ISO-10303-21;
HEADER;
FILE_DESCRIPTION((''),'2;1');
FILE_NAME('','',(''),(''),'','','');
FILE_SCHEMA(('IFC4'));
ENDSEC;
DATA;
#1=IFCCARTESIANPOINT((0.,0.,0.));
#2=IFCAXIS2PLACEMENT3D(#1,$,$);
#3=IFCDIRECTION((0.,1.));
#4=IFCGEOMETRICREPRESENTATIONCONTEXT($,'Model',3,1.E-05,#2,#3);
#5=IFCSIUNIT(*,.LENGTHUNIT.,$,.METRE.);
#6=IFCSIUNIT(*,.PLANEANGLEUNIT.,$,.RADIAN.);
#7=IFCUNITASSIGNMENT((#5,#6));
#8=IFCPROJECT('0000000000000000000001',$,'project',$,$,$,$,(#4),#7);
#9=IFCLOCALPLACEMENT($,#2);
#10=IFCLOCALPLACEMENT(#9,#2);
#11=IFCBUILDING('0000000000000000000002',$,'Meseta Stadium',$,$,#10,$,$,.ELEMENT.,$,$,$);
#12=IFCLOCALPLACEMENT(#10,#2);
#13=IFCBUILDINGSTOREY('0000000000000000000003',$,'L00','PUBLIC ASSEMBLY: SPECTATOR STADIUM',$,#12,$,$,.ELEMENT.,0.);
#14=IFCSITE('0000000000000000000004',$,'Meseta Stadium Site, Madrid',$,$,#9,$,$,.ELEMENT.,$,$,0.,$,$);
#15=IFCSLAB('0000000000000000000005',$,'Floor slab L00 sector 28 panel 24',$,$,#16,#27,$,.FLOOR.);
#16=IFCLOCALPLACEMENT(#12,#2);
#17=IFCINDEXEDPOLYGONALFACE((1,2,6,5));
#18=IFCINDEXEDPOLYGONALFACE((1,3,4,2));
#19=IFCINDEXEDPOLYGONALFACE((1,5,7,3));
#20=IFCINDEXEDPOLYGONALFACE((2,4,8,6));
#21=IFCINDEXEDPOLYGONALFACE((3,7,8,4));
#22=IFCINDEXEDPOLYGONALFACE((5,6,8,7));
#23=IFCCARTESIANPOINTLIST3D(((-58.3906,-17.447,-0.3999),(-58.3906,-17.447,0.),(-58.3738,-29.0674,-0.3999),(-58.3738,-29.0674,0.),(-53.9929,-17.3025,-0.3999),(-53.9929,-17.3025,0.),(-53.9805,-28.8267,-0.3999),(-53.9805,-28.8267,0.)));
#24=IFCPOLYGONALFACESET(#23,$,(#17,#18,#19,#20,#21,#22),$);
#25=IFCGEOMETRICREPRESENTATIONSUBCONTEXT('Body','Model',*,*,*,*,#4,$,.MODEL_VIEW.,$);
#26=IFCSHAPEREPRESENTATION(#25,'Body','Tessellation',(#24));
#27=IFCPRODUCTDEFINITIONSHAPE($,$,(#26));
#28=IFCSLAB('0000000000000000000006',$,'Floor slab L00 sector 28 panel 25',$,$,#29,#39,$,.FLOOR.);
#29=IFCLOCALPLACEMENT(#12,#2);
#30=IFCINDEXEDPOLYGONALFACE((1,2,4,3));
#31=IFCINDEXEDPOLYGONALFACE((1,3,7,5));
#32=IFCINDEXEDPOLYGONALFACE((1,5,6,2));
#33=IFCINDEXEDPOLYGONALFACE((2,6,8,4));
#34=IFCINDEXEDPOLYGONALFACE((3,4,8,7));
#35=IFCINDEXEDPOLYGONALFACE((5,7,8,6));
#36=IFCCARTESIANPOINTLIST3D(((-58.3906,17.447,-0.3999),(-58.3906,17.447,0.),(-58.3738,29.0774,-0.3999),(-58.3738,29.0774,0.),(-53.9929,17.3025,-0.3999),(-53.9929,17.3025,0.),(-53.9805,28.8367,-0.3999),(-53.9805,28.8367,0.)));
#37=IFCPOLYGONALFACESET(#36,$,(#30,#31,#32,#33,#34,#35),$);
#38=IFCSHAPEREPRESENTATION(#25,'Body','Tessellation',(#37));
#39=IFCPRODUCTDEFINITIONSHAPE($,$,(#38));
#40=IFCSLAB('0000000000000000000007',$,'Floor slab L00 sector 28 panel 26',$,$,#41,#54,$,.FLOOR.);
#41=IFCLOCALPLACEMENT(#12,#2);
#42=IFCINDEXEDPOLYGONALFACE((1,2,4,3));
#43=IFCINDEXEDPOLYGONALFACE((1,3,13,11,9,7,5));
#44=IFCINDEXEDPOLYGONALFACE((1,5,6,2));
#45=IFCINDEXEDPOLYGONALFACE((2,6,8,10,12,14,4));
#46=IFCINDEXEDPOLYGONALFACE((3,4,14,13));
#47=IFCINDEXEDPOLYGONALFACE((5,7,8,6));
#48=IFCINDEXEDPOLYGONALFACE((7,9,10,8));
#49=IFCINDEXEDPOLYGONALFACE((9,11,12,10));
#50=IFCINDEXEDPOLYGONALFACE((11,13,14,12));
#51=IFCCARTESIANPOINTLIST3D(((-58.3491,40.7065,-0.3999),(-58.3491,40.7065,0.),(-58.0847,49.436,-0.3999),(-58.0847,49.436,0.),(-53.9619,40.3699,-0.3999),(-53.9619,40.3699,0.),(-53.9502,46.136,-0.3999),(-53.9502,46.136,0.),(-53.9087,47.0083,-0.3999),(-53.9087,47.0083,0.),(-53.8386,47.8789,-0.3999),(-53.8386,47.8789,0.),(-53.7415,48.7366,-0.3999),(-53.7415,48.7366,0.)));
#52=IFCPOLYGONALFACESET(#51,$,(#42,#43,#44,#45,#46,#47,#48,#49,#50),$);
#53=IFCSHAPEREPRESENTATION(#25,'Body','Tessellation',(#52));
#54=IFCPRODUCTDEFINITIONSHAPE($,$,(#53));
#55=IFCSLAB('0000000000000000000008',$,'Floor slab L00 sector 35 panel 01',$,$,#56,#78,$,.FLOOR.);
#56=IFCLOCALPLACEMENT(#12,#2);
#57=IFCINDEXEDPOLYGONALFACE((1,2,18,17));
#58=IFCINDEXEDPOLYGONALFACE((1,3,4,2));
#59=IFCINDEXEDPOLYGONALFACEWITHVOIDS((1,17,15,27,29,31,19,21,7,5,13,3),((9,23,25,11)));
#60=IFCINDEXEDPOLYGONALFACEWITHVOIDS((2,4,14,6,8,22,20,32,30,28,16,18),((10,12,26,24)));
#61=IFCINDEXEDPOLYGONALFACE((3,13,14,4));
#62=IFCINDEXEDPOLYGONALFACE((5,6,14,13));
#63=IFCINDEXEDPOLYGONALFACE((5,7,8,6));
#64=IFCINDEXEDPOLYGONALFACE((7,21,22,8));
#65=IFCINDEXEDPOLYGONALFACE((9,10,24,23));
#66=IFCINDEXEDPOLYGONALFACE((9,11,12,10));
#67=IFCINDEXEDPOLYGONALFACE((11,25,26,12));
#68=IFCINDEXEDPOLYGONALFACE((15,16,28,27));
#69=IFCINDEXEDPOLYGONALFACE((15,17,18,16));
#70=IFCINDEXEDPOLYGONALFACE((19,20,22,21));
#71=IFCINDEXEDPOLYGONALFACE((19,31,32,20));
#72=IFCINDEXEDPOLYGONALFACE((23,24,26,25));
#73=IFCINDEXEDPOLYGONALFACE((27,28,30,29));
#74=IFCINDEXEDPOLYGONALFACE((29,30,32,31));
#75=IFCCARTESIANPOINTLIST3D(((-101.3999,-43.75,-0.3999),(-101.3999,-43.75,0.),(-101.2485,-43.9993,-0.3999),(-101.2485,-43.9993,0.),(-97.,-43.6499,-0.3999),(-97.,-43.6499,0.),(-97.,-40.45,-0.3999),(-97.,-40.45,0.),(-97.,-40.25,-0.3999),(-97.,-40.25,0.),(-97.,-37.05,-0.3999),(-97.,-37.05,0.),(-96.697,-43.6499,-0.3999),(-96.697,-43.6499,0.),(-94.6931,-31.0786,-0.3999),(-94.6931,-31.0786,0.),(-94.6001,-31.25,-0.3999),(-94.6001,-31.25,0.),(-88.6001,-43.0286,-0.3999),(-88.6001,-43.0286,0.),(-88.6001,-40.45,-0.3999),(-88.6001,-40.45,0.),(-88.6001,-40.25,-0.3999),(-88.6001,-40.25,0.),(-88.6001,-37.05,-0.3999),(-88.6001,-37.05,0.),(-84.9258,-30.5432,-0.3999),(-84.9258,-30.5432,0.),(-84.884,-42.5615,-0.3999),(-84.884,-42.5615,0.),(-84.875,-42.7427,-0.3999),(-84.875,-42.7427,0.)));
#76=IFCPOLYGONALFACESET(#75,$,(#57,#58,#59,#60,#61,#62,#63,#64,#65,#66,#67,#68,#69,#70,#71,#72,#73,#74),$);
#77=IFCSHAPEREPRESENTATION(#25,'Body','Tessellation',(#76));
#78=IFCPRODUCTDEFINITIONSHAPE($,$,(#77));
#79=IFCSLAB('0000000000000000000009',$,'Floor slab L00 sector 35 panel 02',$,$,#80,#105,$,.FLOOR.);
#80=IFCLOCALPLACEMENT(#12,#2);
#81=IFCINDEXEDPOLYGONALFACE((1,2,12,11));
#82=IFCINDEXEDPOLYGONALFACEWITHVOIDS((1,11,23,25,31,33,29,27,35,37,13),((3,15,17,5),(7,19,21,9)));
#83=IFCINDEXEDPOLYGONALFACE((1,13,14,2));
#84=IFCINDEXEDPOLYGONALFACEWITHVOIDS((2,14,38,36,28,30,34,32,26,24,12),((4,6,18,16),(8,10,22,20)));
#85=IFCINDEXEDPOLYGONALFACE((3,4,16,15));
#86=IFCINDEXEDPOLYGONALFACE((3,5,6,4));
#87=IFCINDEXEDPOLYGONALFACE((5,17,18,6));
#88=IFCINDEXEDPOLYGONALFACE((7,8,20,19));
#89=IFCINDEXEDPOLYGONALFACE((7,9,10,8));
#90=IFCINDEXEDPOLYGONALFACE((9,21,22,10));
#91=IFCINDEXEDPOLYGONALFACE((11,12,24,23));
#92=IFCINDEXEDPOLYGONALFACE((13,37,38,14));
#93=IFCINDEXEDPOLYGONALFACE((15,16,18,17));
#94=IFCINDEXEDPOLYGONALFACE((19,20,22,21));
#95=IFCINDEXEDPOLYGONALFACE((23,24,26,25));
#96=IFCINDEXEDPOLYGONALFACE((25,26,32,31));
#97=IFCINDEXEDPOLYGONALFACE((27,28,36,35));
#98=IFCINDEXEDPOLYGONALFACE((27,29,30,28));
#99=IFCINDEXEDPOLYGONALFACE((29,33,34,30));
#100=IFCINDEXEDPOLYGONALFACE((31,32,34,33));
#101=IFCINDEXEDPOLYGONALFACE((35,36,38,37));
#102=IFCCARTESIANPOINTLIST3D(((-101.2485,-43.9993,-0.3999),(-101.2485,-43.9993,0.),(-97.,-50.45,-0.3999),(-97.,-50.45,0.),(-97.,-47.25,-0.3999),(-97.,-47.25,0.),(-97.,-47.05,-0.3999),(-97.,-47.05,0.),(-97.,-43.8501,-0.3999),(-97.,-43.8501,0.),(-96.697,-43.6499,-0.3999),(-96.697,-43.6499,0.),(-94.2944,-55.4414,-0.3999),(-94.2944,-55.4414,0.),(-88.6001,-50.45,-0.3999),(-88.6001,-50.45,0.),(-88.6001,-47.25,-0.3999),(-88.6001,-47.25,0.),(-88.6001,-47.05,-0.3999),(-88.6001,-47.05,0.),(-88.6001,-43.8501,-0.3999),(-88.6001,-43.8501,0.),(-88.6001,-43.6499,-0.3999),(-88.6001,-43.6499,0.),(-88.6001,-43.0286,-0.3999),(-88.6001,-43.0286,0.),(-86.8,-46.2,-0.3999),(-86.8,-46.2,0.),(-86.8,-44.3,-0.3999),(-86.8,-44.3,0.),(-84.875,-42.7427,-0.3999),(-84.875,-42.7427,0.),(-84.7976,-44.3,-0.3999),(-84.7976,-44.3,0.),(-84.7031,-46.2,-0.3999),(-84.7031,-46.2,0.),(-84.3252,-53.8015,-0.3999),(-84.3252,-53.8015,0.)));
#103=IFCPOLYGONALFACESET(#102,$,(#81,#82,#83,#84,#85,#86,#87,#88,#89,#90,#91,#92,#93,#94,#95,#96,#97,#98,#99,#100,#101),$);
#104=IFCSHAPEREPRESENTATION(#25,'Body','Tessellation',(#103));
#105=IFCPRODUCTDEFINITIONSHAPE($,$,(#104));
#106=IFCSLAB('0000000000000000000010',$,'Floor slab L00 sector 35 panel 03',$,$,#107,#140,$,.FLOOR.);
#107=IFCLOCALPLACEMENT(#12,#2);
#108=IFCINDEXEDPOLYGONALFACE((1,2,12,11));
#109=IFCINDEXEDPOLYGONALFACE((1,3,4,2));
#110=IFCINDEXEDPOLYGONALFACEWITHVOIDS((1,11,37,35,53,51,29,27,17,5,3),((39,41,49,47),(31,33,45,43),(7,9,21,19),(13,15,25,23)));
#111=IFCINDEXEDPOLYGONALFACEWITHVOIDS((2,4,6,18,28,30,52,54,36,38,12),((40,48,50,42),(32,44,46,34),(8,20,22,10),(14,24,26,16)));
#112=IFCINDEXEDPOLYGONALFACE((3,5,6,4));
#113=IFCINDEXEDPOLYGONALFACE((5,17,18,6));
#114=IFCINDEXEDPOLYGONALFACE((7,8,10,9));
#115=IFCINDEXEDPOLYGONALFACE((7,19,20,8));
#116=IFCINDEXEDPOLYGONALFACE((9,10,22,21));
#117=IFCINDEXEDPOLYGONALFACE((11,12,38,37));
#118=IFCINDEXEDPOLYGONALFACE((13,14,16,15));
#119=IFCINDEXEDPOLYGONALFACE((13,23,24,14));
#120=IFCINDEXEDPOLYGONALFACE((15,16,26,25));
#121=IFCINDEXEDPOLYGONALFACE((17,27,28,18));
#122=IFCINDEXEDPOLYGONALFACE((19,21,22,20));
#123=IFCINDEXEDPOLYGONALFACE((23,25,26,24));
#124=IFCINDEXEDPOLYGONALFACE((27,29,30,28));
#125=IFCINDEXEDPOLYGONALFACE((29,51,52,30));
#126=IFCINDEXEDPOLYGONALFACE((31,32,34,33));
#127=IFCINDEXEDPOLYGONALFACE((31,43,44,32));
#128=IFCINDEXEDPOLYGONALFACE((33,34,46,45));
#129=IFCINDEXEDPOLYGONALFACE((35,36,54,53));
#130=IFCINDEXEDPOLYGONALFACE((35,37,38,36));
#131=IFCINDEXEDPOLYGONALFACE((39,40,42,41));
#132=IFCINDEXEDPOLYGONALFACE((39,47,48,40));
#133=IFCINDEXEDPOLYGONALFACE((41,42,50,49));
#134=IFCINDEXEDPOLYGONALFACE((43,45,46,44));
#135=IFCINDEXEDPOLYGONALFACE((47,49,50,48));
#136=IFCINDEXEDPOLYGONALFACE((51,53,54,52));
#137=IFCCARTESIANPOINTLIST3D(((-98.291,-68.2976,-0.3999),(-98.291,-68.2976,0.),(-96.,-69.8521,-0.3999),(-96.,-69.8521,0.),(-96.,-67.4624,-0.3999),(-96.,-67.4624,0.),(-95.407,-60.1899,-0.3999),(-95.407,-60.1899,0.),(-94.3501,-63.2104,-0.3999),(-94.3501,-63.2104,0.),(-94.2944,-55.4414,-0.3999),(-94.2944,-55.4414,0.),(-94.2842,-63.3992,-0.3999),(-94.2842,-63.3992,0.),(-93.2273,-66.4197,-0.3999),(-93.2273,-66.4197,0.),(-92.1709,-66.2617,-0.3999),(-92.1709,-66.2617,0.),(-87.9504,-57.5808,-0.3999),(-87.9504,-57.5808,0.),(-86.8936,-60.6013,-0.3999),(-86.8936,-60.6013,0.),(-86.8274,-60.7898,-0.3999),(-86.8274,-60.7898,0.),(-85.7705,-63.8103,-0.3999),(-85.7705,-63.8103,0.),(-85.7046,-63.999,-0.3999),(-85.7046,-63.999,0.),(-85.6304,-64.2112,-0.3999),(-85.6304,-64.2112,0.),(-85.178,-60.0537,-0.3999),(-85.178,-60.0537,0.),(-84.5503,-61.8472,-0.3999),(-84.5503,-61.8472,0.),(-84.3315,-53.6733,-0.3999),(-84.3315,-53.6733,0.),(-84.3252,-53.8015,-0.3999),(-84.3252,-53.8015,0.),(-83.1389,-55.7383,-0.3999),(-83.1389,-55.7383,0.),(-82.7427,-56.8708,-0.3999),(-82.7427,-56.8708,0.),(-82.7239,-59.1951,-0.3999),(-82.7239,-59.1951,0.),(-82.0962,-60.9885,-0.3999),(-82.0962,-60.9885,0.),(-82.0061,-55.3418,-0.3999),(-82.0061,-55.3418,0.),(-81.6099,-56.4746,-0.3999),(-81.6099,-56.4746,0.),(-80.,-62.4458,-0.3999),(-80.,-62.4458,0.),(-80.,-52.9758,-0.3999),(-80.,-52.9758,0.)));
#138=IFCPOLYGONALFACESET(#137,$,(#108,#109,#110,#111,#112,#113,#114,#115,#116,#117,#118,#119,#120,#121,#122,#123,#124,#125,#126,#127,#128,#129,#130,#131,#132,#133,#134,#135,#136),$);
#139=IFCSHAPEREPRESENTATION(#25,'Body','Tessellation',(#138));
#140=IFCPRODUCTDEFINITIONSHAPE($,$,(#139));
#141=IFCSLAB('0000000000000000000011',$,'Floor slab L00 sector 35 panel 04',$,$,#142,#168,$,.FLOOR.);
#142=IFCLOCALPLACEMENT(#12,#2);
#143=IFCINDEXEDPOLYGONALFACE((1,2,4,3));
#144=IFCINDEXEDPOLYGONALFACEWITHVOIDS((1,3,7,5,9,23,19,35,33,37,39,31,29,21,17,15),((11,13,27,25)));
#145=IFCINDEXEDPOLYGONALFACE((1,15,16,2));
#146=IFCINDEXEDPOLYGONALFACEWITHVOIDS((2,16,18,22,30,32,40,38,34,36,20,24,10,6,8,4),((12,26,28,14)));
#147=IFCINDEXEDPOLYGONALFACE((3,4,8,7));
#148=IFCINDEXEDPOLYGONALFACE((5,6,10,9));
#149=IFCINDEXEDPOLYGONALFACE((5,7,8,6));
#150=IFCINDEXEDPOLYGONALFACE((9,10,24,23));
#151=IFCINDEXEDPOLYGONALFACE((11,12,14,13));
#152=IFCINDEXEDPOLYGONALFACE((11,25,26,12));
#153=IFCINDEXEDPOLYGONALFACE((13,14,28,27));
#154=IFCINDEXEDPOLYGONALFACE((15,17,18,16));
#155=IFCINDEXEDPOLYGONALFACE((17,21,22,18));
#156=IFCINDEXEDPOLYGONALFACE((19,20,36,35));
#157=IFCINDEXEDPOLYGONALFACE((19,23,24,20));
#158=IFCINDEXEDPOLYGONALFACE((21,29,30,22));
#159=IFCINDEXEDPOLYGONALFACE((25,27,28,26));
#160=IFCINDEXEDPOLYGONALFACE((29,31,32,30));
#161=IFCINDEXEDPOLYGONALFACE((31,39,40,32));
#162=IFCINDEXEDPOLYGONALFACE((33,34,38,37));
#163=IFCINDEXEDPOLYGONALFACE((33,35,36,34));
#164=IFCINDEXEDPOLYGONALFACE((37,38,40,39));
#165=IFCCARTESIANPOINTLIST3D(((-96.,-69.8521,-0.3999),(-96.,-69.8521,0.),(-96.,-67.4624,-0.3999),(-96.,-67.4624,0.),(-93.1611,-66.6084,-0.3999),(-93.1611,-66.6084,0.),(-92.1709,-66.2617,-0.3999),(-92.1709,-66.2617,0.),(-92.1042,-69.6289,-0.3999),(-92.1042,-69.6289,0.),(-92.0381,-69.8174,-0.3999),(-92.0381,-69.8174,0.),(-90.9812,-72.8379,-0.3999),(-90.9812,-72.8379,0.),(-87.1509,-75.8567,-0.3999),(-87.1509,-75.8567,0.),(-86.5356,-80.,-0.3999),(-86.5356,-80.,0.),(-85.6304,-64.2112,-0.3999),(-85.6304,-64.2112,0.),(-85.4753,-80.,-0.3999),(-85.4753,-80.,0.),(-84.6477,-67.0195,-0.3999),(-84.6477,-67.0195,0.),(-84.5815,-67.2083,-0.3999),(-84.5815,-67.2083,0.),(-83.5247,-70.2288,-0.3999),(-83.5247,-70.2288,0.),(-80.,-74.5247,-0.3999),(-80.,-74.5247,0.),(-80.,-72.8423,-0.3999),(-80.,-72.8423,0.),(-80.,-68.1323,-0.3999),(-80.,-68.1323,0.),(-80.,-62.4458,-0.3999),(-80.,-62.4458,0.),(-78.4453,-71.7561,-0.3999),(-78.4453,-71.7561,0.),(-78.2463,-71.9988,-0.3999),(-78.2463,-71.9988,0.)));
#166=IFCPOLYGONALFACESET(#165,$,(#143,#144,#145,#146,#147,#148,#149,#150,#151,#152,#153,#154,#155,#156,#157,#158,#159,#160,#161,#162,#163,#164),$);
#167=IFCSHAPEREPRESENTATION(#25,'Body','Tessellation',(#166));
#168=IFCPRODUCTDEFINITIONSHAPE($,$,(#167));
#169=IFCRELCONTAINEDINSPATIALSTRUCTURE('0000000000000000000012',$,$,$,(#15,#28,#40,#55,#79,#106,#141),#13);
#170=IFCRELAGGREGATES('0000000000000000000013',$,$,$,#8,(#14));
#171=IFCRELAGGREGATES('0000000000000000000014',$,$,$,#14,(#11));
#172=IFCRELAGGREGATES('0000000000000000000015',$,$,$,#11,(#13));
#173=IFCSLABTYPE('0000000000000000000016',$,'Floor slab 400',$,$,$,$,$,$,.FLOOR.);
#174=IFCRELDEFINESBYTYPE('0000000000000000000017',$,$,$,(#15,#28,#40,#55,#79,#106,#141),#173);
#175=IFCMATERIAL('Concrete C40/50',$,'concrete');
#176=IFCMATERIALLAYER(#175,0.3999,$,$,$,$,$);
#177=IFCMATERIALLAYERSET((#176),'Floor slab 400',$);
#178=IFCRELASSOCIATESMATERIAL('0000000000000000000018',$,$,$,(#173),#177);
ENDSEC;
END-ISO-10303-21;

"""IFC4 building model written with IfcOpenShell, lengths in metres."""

from ifc_helpers import new_model, si_unit, direction, frame, origin, place, context, subcontext, project, spatial, polyline, outline, extrude, material, layer, layer_set, type_object, element, save


model = new_model("IFC4")

# Units and contexts
model_context = context("Model", 3, precision=1e-05, world=origin(), true_north=direction((0.0, 1.0)))
body_context = subcontext(model_context, "Body", "Model", "MODEL_VIEW")
ifc_project = project(units=[si_unit("LENGTHUNIT", "METRE"), si_unit("PLANEANGLEUNIT", "RADIAN")], contexts=[model_context])

# Site, building, storey
site_placement = place(None, origin())
site = spatial("IfcSite", under=ifc_project, at=site_placement, Name="Meseta Stadium Site, Madrid", CompositionType="ELEMENT", RefElevation=0.0)
building_placement = place(site_placement, origin())
building = spatial("IfcBuilding", under=site, at=building_placement, Name="Meseta Stadium", CompositionType="ELEMENT")
storey_placement = place(building_placement, origin())
storey = spatial("IfcBuildingStorey", under=building, at=storey_placement, Name="L00", Description="PUBLIC ASSEMBLY: SPECTATOR STADIUM", CompositionType="ELEMENT", Elevation=0.0)

# Slabs
ifc_material_1 = material(Name="Concrete C40/50", Category="concrete")
ifc_layer = layer(ifc_material_1, 0.3999)
ifc_layer_set = layer_set([ifc_layer], Name="Floor slab 400")
slab_type = type_object("IfcSlabType", Name="Floor slab 400", PredefinedType="FLOOR", material=ifc_layer_set)
slab_1_placement = place(storey_placement, frame((0.0, 0.0, -0.3999)))
element("IfcSlab", 1, at=slab_1_placement, inside=storey, type_object=slab_type, Name="Floor slab L00 sector 28 panel 24", PredefinedType="FLOOR", context=body_context, shape_type="SweptSolid", body=[
    extrude(outline(polyline([(-58.3738, -29.0674), (-53.9805, -28.8267), (-53.9929, -17.3025), (-58.3906, -17.447), (-58.3738, -29.0674)])), origin(), (0.0, 0.0, 1.0), 0.3999),
])
slab_2_placement = place(storey_placement, frame((0.0, 0.0, -0.3999)))
element("IfcSlab", 2, at=slab_2_placement, inside=storey, type_object=slab_type, Name="Floor slab L00 sector 28 panel 25", PredefinedType="FLOOR", context=body_context, shape_type="SweptSolid", body=[
    extrude(outline(polyline([(-53.9929, 17.3025), (-53.9805, 28.8367), (-58.3738, 29.0774), (-58.3906, 17.447), (-53.9929, 17.3025)])), origin(), (0.0, 0.0, 1.0), 0.3999),
])
slab_3_placement = place(storey_placement, frame((0.0, 0.0, -0.3999)))
element("IfcSlab", 3, at=slab_3_placement, inside=storey, type_object=slab_type, Name="Floor slab L00 sector 28 panel 26", PredefinedType="FLOOR", context=body_context, shape_type="SweptSolid", body=[
    extrude(outline(polyline([(-53.8386, 47.8789), (-53.7415, 48.7366), (-58.0847, 49.436), (-58.3491, 40.7065), (-53.9619, 40.3699), (-53.9502, 46.136), (-53.9087, 47.0083), (-53.8386, 47.8789)])), origin(), (0.0, 0.0, 1.0), 0.3999),
])
slab_4_placement = place(storey_placement, frame((0.0, 0.0, -0.3999)))
element("IfcSlab", 4, at=slab_4_placement, inside=storey, type_object=slab_type, Name="Floor slab L00 sector 35 panel 01", PredefinedType="FLOOR", context=body_context, shape_type="SweptSolid", body=[
    extrude(outline(polyline([(-94.6001, -31.25), (-101.3999, -43.75), (-101.2485, -43.9993), (-96.697, -43.6499), (-97.0, -43.6499), (-97.0, -40.45), (-88.6001, -40.45), (-88.6001, -43.0286), (-84.875, -42.7427), (-84.884, -42.5615), (-84.9258, -30.5432), (-94.6931, -31.0786), (-94.6001, -31.25)]), holes=[polyline([(-88.6001, -40.25), (-97.0, -40.25), (-97.0, -37.05), (-88.6001, -37.05), (-88.6001, -40.25)])]), origin(), (0.0, 0.0, 1.0), 0.3999),
])
slab_5_placement = place(storey_placement, frame((0.0, 0.0, -0.3999)))
element("IfcSlab", 5, at=slab_5_placement, inside=storey, type_object=slab_type, Name="Floor slab L00 sector 35 panel 02", PredefinedType="FLOOR", context=body_context, shape_type="SweptSolid", body=[
    extrude(outline(polyline([(-88.6001, -43.0286), (-88.6001, -43.6499), (-96.697, -43.6499), (-101.2485, -43.9993), (-94.2944, -55.4414), (-84.3252, -53.8015), (-84.7031, -46.2), (-86.8, -46.2), (-86.8, -44.3), (-84.7976, -44.3), (-84.875, -42.7427), (-88.6001, -43.0286)]), holes=[polyline([(-97.0, -47.25), (-88.6001, -47.25), (-88.6001, -50.45), (-97.0, -50.45), (-97.0, -47.25)]), polyline([(-97.0, -47.05), (-97.0, -43.8501), (-88.6001, -43.8501), (-88.6001, -47.05), (-97.0, -47.05)])]), origin(), (0.0, 0.0, 1.0), 0.3999),
])
slab_6_placement = place(storey_placement, frame((0.0, 0.0, -0.3999)))
element("IfcSlab", 6, at=slab_6_placement, inside=storey, type_object=slab_type, Name="Floor slab L00 sector 35 panel 03", PredefinedType="FLOOR", context=body_context, shape_type="SweptSolid", body=[
    extrude(outline(polyline([(-85.6304, -64.2112), (-80.0, -62.4458), (-80.0, -52.9758), (-84.3315, -53.6733), (-84.3252, -53.8015), (-94.2944, -55.4414), (-98.291, -68.2976), (-96.0, -69.8521), (-96.0, -67.4624), (-92.1709, -66.2617), (-85.7046, -63.999), (-85.6304, -64.2112)]), holes=[polyline([(-82.7239, -59.1951), (-82.0962, -60.9885), (-84.5503, -61.8472), (-85.178, -60.0537), (-82.7239, -59.1951)]), polyline([(-94.2842, -63.3992), (-86.8274, -60.7898), (-85.7705, -63.8103), (-93.2273, -66.4197), (-94.2842, -63.3992)]), polyline([(-95.407, -60.1899), (-87.9504, -57.5808), (-86.8936, -60.6013), (-94.3501, -63.2104), (-95.407, -60.1899)]), polyline([(-82.7427, -56.8708), (-83.1389, -55.7383), (-82.0061, -55.3418), (-81.6099, -56.4746), (-82.7427, -56.8708)])]), origin(), (0.0, 0.0, 1.0), 0.3999),
])
slab_7_placement = place(storey_placement, frame((0.0, 0.0, -0.3999)))
element("IfcSlab", 7, at=slab_7_placement, inside=storey, type_object=slab_type, Name="Floor slab L00 sector 35 panel 04", PredefinedType="FLOOR", context=body_context, shape_type="SweptSolid", body=[
    extrude(outline(polyline([(-80.0, -62.4458), (-85.6304, -64.2112), (-84.6477, -67.0195), (-92.1042, -69.6289), (-93.1611, -66.6084), (-92.1709, -66.2617), (-96.0, -67.4624), (-96.0, -69.8521), (-87.1509, -75.8567), (-86.5356, -80.0), (-85.4753, -80.0), (-80.0, -74.5247), (-80.0, -72.8423), (-78.2463, -71.9988), (-78.4453, -71.7561), (-80.0, -68.1323), (-80.0, -62.4458)]), holes=[polyline([(-92.0381, -69.8174), (-84.5815, -67.2083), (-83.5247, -70.2288), (-90.9812, -72.8379), (-92.0381, -69.8174)])]), origin(), (0.0, 0.0, 1.0), 0.3999),
])

save(model, "model.ifc")
